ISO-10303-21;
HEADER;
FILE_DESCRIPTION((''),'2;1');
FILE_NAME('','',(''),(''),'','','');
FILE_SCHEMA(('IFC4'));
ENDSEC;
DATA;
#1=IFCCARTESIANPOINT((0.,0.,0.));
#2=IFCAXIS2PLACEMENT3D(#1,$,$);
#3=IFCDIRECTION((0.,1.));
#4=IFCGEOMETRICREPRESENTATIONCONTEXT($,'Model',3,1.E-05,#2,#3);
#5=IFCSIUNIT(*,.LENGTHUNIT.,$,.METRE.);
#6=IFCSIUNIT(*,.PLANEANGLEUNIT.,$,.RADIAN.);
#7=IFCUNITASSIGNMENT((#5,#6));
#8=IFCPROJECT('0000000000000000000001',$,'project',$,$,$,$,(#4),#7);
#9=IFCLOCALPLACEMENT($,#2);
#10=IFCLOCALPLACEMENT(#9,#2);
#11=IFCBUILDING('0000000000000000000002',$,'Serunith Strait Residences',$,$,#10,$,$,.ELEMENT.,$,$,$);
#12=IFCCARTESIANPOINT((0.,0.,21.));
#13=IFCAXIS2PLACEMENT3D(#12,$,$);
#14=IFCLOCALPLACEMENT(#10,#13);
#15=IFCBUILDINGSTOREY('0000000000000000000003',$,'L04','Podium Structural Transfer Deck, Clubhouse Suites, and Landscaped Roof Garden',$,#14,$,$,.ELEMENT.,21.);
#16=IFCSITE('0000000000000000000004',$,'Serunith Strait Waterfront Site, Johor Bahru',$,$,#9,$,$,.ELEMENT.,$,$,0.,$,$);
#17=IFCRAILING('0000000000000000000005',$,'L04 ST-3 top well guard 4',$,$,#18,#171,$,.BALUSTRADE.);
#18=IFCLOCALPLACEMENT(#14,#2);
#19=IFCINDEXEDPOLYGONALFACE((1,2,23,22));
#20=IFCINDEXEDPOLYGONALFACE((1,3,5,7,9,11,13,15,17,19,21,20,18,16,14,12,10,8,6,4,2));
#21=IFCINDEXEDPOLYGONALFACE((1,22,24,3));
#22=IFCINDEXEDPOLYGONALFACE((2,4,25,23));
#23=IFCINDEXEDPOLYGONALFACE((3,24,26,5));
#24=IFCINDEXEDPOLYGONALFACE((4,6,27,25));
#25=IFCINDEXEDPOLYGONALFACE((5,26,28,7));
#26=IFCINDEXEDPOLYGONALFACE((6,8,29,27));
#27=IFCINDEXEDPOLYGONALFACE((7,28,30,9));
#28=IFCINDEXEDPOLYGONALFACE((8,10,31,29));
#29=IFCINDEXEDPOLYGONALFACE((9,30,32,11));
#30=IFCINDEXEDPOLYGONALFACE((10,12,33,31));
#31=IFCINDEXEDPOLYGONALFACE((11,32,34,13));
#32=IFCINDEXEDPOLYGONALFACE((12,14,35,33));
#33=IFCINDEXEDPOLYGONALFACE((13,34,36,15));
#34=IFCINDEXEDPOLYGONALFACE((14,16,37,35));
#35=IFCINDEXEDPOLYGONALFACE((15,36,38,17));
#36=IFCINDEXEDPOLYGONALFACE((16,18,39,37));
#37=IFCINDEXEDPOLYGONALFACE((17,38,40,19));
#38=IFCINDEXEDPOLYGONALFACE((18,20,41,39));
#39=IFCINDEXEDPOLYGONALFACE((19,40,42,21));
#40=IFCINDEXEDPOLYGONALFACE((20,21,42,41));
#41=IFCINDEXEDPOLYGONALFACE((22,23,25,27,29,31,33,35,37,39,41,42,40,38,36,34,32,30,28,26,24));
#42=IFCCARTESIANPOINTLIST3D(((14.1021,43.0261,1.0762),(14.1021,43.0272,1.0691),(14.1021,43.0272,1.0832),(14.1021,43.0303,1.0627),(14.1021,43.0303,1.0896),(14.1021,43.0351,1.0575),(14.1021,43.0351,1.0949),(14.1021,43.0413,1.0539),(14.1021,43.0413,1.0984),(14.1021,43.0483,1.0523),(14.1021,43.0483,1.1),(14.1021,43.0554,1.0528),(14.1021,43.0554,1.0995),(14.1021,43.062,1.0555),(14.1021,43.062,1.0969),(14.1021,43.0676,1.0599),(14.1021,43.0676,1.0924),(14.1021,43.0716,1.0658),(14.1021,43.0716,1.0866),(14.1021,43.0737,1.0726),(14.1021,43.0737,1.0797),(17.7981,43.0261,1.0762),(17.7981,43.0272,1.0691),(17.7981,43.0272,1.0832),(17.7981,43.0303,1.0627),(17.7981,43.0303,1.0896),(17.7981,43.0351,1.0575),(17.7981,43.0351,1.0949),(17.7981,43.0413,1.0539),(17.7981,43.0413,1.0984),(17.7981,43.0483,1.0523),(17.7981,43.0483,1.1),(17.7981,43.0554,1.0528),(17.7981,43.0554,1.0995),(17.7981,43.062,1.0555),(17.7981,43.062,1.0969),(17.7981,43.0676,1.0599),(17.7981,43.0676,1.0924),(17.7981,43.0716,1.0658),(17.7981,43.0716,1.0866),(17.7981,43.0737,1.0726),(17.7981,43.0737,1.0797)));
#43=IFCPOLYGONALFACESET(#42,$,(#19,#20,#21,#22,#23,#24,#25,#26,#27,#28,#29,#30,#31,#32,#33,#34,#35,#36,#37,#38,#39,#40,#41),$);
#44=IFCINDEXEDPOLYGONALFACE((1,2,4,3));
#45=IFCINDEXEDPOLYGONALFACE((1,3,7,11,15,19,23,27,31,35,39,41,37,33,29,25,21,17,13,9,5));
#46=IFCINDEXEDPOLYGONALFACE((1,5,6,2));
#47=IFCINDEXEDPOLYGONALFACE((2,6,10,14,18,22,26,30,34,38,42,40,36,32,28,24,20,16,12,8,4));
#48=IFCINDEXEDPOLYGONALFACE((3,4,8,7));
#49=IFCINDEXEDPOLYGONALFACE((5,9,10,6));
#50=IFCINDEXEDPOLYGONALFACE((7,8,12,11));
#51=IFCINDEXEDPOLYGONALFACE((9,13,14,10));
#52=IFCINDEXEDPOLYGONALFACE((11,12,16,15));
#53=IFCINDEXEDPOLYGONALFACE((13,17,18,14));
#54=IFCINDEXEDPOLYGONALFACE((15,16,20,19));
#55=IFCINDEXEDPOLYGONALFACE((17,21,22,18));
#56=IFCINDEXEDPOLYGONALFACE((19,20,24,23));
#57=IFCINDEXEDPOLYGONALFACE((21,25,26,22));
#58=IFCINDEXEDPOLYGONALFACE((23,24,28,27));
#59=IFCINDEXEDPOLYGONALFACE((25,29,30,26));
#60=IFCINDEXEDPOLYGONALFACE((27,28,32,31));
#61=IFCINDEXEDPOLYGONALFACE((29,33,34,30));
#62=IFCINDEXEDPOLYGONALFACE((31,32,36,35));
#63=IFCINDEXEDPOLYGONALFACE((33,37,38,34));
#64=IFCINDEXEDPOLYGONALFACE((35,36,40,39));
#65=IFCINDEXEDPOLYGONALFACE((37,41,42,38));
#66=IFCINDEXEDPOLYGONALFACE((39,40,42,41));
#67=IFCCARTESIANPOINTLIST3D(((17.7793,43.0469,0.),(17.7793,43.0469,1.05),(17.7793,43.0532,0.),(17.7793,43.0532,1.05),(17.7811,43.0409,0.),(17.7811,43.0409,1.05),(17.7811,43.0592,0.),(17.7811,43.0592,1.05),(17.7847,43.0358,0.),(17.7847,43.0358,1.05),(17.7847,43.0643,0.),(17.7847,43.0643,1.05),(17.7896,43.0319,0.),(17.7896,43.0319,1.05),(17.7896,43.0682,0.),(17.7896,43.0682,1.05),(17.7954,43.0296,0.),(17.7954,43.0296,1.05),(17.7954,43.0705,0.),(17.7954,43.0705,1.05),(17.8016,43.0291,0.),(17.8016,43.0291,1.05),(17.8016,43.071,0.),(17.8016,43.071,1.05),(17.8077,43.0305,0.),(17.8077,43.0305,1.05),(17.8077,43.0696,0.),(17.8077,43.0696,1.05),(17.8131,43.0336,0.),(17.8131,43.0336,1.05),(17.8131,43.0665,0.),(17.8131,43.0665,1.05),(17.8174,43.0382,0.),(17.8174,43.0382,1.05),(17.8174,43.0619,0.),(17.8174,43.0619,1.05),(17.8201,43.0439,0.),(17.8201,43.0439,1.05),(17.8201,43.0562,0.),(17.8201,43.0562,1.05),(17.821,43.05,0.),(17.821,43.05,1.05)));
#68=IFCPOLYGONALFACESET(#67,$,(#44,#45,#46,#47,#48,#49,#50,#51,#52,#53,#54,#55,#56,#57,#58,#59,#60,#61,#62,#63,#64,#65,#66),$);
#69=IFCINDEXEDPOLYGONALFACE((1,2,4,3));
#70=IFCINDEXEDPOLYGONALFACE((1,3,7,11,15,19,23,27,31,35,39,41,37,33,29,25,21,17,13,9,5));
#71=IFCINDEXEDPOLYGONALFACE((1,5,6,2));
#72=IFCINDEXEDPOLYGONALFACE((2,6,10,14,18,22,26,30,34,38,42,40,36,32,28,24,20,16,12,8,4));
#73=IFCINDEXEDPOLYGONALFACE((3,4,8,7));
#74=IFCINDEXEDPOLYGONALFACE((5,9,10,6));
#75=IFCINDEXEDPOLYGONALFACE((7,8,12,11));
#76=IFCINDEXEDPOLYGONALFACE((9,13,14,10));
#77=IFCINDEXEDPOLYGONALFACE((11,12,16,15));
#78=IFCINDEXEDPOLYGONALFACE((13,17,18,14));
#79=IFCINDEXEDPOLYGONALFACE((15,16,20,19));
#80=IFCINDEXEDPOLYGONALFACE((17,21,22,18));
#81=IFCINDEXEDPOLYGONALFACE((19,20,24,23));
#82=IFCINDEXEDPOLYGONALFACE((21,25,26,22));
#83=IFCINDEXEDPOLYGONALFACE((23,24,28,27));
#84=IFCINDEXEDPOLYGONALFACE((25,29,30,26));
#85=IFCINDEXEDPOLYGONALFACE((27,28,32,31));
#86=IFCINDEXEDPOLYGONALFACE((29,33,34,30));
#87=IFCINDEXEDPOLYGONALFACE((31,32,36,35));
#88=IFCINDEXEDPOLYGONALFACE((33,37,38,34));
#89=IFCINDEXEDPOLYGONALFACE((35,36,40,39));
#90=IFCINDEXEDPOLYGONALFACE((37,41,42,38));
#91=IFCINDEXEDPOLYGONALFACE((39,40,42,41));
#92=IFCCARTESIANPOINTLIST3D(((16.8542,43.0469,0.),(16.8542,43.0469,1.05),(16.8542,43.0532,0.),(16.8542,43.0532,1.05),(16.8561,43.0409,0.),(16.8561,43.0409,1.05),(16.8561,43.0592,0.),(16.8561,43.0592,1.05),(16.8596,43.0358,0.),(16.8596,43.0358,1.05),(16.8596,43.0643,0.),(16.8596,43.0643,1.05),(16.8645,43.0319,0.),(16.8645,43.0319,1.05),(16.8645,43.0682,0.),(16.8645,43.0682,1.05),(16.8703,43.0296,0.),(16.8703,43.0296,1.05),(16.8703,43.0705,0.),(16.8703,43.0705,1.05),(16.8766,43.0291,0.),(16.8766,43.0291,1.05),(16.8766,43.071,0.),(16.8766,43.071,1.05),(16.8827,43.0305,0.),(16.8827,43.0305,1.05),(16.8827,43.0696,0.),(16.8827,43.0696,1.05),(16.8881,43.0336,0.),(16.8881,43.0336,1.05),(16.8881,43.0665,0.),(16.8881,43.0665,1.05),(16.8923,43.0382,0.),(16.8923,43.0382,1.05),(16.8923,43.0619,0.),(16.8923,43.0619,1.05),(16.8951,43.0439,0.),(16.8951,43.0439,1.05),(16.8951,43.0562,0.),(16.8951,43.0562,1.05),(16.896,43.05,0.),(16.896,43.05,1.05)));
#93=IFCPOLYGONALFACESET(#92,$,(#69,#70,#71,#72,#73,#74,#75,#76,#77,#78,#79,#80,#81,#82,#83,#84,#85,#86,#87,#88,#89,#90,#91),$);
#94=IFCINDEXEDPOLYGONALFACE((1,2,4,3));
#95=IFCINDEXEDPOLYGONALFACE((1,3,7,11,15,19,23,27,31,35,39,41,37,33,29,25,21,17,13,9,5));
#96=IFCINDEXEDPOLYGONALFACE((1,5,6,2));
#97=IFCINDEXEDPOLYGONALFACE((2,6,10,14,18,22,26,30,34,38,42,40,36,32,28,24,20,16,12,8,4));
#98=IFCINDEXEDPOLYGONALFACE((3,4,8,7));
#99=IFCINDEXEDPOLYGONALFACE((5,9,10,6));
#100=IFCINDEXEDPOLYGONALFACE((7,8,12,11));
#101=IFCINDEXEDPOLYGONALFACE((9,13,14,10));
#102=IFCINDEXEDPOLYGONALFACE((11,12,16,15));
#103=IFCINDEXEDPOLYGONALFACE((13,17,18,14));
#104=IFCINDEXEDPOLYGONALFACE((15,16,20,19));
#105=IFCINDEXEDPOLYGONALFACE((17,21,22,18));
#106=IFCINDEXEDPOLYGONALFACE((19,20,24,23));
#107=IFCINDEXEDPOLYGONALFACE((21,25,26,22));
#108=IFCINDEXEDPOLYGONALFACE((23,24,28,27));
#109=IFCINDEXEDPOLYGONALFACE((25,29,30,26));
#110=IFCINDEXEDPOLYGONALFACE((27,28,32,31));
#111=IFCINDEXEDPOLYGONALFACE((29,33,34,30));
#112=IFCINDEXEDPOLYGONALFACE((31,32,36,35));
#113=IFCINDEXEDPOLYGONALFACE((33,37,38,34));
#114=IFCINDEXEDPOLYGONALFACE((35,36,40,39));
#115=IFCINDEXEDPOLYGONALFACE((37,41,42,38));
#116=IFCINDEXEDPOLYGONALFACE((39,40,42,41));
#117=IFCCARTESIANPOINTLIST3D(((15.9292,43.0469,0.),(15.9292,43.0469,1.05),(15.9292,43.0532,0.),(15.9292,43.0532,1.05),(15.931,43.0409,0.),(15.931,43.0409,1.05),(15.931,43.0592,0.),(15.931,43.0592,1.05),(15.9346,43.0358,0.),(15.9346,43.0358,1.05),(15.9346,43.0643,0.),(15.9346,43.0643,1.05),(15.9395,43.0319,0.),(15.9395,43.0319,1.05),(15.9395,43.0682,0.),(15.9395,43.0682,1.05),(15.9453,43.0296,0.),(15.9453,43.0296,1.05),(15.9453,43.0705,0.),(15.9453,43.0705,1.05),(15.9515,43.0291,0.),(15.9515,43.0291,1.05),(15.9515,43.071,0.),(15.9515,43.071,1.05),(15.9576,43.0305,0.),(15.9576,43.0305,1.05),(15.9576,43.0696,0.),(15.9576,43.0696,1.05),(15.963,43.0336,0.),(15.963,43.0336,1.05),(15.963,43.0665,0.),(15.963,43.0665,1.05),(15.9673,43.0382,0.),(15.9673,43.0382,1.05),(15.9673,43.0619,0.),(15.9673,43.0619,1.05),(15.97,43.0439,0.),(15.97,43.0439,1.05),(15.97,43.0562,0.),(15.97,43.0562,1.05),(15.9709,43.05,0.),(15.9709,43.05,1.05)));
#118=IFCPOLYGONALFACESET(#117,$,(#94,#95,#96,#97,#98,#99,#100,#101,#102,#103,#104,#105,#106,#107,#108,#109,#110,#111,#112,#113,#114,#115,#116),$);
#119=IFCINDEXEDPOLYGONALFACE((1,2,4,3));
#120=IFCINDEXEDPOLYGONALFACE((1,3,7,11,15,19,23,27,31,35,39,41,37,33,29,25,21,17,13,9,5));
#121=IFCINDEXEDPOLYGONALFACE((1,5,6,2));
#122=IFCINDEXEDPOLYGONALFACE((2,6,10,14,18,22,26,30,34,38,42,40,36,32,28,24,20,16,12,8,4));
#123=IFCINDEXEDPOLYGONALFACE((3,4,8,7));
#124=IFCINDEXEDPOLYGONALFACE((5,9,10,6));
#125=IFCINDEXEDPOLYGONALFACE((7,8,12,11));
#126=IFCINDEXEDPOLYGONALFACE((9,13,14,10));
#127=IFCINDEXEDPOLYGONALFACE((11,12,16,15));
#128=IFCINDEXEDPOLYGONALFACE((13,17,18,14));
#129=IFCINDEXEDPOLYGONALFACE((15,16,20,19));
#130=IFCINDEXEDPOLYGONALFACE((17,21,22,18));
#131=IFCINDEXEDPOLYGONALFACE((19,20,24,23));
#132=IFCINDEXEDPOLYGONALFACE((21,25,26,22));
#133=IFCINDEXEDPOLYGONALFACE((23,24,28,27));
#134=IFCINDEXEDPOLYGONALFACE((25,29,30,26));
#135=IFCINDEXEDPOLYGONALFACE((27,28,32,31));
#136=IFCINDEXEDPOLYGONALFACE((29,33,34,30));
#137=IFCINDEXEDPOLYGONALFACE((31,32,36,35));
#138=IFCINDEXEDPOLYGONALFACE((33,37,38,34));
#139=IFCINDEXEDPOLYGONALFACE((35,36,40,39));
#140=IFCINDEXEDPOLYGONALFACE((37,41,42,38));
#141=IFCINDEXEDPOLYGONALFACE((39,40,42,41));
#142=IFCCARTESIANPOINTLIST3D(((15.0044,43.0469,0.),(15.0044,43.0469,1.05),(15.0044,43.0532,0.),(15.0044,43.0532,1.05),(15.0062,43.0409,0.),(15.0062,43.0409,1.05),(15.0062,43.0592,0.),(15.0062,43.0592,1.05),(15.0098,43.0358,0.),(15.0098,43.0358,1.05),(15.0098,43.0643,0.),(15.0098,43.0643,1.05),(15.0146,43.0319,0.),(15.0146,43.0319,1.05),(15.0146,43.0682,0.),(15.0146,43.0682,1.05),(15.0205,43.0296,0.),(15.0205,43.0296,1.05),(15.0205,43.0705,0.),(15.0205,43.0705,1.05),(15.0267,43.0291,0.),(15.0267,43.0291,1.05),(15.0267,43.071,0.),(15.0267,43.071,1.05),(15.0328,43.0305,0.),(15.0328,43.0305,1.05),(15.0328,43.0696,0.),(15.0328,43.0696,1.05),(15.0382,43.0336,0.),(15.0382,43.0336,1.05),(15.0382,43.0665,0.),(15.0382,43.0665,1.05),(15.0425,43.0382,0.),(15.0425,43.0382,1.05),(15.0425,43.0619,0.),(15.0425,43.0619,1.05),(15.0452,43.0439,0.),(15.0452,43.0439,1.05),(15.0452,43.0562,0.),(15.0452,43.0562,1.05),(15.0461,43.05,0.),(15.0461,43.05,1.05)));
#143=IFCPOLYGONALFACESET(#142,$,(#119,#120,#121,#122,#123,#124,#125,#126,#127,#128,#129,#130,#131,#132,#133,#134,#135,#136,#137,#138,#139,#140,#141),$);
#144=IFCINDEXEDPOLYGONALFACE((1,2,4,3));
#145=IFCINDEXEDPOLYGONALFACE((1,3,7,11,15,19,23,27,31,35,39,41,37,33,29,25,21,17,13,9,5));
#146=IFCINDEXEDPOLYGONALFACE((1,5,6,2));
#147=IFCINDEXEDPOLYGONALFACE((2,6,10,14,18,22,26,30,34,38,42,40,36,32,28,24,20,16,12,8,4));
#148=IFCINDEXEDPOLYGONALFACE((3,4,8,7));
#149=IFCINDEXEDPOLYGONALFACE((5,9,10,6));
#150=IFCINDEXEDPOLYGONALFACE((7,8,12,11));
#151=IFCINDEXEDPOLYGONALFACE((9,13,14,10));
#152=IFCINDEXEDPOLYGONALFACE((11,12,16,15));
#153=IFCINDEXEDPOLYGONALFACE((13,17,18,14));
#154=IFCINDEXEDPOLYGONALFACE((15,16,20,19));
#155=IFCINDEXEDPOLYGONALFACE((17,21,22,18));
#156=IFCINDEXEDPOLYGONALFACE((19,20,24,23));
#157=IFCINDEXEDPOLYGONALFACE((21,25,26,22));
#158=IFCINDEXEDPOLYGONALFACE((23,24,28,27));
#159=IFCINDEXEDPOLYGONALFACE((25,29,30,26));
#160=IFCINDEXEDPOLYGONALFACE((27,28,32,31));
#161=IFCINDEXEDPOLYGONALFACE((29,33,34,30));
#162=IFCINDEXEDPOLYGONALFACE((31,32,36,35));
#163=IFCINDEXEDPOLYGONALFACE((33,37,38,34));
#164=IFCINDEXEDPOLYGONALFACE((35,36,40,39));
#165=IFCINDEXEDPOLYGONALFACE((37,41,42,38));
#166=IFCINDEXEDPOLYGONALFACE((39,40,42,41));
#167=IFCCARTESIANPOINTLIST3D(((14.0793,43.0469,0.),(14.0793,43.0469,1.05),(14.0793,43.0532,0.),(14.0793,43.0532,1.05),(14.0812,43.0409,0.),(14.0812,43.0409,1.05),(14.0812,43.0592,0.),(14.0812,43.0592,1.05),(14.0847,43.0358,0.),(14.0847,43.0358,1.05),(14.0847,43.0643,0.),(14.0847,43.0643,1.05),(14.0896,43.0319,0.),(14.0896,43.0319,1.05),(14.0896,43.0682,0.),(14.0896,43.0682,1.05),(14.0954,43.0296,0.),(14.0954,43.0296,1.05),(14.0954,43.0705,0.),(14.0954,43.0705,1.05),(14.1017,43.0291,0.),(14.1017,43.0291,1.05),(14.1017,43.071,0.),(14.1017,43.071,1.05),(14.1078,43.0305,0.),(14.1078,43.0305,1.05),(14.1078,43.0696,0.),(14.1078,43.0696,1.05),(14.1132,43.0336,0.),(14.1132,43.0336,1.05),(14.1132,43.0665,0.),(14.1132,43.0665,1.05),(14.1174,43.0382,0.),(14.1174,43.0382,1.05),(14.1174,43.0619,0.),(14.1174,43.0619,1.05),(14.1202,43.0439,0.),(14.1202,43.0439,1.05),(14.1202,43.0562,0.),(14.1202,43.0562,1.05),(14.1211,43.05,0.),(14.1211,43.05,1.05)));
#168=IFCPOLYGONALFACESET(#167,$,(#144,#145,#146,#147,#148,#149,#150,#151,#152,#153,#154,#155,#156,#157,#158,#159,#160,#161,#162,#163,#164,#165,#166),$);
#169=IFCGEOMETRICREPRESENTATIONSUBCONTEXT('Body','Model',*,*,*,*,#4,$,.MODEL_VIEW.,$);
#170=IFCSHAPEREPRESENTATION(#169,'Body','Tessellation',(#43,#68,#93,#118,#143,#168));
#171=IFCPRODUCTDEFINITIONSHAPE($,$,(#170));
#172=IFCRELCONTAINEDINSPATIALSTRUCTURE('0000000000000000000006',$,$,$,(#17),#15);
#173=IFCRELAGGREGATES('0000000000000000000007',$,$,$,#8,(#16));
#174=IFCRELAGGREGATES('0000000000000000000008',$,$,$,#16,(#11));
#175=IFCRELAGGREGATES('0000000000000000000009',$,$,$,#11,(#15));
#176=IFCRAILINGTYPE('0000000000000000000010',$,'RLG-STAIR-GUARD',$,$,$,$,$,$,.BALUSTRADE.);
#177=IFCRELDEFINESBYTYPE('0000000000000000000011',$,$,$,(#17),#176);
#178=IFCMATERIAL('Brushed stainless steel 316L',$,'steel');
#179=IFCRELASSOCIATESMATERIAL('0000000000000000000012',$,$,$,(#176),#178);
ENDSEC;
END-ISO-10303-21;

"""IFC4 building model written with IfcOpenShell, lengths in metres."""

from ifc_helpers import new_model, si_unit, direction, frame, origin, origin_2d, place, context, subcontext, project, spatial, circle, extrude, material, type_object, element, save


model = new_model("IFC4")

# Units and contexts
model_context = context("Model", 3, precision=1e-05, world=origin(), true_north=direction((0.0, 1.0)))
body_context = subcontext(model_context, "Body", "Model", "MODEL_VIEW")
ifc_project = project(units=[si_unit("LENGTHUNIT", "METRE"), si_unit("PLANEANGLEUNIT", "RADIAN")], contexts=[model_context])

# Site, building, storey
site_placement = place(None, origin())
site = spatial("IfcSite", under=ifc_project, at=site_placement, Name="Serunith Strait Waterfront Site, Johor Bahru", CompositionType="ELEMENT", RefElevation=0.0)
building_placement = place(site_placement, origin())
building = spatial("IfcBuilding", under=site, at=building_placement, Name="Serunith Strait Residences", CompositionType="ELEMENT")
storey_placement = place(building_placement, frame((0.0, 0.0, 21.0)))
storey = spatial("IfcBuildingStorey", under=building, at=storey_placement, Name="L04", Description="Podium Structural Transfer Deck, Clubhouse Suites, and Landscaped Roof Garden", CompositionType="ELEMENT", Elevation=21.0)

# Railing
ifc_material_1 = material(Name="Brushed stainless steel 316L", Category="steel")
railing_type = type_object("IfcRailingType", Name="RLG-STAIR-GUARD", PredefinedType="BALUSTRADE", material=ifc_material_1)
railing_1_placement = place(storey_placement, frame((17.8, 43.05, 0.0)))
element("IfcRailing", 1, at=railing_1_placement, inside=storey, type_object=railing_type, Name="L04 ST-3 top well guard 4", PredefinedType="BALUSTRADE", context=body_context, shape_type="SweptSolid", body=[
    extrude(circle(Radius=0.0239, at=origin_2d()), frame((-0.002, 0.0, 1.0762), z_axis=(-1.0, 0.0, 0.0), x_axis=(0.0, -1.0, 0.0)), (0.0, 0.0, 1.0), 3.696),
    extrude(circle(Radius=0.021, at=origin_2d()), origin(), (0.0, 0.0, 1.0), 1.05),
    extrude(circle(Radius=0.021, at=origin_2d()), frame((-0.925, 0.0, 0.0)), (0.0, 0.0, 1.0), 1.05),
    extrude(circle(Radius=0.021, at=origin_2d()), frame((-1.8501, 0.0, 0.0)), (0.0, 0.0, 1.0), 1.05),
    extrude(circle(Radius=0.021, at=origin_2d()), frame((-2.7749, 0.0, 0.0)), (0.0, 0.0, 1.0), 1.05),
    extrude(circle(Radius=0.021, at=origin_2d()), frame((-3.7, 0.0, 0.0)), (0.0, 0.0, 1.0), 1.05),
])

save(model, "model.ifc")
